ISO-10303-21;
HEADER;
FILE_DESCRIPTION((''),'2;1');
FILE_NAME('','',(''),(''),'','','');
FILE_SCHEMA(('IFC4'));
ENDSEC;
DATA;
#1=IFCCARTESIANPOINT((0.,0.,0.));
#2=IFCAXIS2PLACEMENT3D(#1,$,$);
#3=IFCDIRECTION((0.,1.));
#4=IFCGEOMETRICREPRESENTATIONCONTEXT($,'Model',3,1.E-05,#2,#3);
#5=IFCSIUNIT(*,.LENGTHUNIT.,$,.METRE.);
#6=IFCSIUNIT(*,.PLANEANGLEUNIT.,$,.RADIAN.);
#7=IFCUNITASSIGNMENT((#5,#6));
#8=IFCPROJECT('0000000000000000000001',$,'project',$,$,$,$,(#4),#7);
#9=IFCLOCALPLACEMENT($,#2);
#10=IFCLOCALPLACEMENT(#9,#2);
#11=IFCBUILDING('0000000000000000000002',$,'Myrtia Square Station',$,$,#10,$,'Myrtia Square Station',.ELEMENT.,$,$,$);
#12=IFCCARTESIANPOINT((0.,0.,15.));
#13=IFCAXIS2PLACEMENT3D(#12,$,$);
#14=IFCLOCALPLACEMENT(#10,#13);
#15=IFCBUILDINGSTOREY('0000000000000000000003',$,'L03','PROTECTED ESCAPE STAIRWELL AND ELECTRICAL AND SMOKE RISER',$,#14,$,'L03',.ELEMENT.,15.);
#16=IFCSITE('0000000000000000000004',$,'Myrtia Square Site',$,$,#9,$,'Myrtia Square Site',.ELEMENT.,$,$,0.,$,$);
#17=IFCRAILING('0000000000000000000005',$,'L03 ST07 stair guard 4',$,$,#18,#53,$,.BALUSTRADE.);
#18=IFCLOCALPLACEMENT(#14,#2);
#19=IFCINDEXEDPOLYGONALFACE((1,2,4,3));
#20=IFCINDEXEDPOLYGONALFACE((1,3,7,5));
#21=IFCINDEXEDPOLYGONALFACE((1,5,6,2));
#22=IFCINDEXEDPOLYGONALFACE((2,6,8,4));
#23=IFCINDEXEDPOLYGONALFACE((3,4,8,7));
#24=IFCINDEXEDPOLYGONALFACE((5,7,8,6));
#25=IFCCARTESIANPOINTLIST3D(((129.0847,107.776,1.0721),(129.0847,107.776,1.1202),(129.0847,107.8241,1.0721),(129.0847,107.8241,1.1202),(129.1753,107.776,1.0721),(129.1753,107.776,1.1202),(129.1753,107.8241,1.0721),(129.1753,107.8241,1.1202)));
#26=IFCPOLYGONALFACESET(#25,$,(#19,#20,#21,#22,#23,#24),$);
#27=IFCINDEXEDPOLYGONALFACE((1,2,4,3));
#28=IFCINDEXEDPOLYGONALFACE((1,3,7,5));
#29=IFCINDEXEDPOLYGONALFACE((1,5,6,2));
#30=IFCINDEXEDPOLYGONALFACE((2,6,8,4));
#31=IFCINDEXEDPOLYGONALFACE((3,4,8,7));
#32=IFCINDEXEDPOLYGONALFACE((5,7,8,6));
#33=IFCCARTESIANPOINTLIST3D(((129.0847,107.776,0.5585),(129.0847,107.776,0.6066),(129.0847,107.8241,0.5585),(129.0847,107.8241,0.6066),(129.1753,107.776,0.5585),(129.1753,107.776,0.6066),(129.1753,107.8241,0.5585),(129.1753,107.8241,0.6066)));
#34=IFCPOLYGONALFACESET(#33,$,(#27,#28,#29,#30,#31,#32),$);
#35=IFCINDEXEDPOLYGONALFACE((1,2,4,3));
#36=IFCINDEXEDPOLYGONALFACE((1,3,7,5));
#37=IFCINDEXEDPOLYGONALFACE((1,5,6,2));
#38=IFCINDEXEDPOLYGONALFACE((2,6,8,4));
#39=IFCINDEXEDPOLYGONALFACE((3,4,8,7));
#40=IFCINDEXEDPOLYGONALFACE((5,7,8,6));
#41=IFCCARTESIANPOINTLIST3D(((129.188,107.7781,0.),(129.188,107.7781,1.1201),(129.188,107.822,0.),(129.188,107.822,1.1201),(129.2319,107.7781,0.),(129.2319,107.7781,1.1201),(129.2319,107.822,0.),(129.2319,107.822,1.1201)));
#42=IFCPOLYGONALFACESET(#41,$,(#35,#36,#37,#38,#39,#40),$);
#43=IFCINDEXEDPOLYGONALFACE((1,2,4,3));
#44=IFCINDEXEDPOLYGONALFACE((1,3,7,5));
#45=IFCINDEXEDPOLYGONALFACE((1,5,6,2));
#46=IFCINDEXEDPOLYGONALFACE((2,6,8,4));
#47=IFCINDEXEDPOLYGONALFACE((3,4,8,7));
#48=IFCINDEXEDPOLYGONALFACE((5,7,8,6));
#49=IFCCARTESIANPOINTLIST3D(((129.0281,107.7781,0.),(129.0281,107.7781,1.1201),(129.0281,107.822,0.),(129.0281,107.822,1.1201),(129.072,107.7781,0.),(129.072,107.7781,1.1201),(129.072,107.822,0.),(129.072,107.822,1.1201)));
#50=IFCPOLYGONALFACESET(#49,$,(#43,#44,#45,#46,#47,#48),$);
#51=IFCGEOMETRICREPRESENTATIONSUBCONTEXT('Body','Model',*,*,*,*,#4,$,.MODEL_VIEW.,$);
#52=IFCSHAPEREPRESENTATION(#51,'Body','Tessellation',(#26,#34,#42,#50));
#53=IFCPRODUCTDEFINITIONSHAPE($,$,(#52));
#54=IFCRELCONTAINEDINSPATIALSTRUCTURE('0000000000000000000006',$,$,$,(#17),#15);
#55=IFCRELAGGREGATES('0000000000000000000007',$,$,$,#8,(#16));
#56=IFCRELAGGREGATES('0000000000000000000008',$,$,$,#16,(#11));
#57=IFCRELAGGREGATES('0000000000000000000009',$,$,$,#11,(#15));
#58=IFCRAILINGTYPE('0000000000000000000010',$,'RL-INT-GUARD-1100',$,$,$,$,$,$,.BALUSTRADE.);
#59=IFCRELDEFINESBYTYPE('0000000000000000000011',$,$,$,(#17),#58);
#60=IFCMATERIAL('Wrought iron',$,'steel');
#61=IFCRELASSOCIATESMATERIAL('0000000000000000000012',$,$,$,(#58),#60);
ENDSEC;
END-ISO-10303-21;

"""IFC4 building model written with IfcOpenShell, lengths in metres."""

from ifc_helpers import new_model, si_unit, direction, frame, origin, origin_2d, place, context, subcontext, project, spatial, rectangle, extrude, material, type_object, element, save


model = new_model("IFC4")

# Units and contexts
model_context = context("Model", 3, precision=1e-05, world=origin(), true_north=direction((0.0, 1.0)))
body_context = subcontext(model_context, "Body", "Model", "MODEL_VIEW")
ifc_project = project(units=[si_unit("LENGTHUNIT", "METRE"), si_unit("PLANEANGLEUNIT", "RADIAN")], contexts=[model_context])

# Site, building, storey
site_placement = place(None, origin())
site = spatial("IfcSite", under=ifc_project, at=site_placement, Name="Myrtia Square Site", LongName="Myrtia Square Site", CompositionType="ELEMENT", RefElevation=0.0)
building_placement = place(site_placement, origin())
building = spatial("IfcBuilding", under=site, at=building_placement, Name="Myrtia Square Station", LongName="Myrtia Square Station", CompositionType="ELEMENT")
storey_placement = place(building_placement, frame((0.0, 0.0, 15.0)))
storey = spatial("IfcBuildingStorey", under=building, at=storey_placement, Name="L03", Description="PROTECTED ESCAPE STAIRWELL AND ELECTRICAL AND SMOKE RISER", LongName="L03", CompositionType="ELEMENT", Elevation=15.0)

# Railing
ifc_material_1 = material(Name="Wrought iron", Category="steel")
railing_type_1 = type_object("IfcRailingType", Name="RL-INT-GUARD-1100", PredefinedType="BALUSTRADE", material=ifc_material_1)
railing_1_placement = place(storey_placement, frame((129.21, 107.8, 0.0)))
element("IfcRailing", 1, at=railing_1_placement, inside=storey, type_object=railing_type_1, Name="L03 ST07 stair guard 4", PredefinedType="BALUSTRADE", context=body_context, shape_type="SweptSolid", body=[
    extrude(rectangle(XDim=0.0481, YDim=0.0481, at=origin_2d()), frame((-0.0347, 0.0, 1.0962), z_axis=(-1.0, 0.0, 0.0), x_axis=(0.0, -1.0, 0.0)), (0.0, 0.0, 1.0), 0.0906),
    extrude(rectangle(XDim=0.0481, YDim=0.0481, at=origin_2d()), frame((-0.0347, 0.0, 0.5825), z_axis=(-1.0, 0.0, 0.0), x_axis=(0.0, -1.0, 0.0)), (0.0, 0.0, 1.0), 0.0906),
    extrude(rectangle(XDim=0.0439, YDim=0.0439, at=origin_2d()), origin(), (0.0, 0.0, 1.0), 1.1201),
    extrude(rectangle(XDim=0.0439, YDim=0.0439, at=origin_2d()), frame((-0.1599, 0.0, 0.0)), (0.0, 0.0, 1.0), 1.1201),
])

save(model, "model.ifc")
